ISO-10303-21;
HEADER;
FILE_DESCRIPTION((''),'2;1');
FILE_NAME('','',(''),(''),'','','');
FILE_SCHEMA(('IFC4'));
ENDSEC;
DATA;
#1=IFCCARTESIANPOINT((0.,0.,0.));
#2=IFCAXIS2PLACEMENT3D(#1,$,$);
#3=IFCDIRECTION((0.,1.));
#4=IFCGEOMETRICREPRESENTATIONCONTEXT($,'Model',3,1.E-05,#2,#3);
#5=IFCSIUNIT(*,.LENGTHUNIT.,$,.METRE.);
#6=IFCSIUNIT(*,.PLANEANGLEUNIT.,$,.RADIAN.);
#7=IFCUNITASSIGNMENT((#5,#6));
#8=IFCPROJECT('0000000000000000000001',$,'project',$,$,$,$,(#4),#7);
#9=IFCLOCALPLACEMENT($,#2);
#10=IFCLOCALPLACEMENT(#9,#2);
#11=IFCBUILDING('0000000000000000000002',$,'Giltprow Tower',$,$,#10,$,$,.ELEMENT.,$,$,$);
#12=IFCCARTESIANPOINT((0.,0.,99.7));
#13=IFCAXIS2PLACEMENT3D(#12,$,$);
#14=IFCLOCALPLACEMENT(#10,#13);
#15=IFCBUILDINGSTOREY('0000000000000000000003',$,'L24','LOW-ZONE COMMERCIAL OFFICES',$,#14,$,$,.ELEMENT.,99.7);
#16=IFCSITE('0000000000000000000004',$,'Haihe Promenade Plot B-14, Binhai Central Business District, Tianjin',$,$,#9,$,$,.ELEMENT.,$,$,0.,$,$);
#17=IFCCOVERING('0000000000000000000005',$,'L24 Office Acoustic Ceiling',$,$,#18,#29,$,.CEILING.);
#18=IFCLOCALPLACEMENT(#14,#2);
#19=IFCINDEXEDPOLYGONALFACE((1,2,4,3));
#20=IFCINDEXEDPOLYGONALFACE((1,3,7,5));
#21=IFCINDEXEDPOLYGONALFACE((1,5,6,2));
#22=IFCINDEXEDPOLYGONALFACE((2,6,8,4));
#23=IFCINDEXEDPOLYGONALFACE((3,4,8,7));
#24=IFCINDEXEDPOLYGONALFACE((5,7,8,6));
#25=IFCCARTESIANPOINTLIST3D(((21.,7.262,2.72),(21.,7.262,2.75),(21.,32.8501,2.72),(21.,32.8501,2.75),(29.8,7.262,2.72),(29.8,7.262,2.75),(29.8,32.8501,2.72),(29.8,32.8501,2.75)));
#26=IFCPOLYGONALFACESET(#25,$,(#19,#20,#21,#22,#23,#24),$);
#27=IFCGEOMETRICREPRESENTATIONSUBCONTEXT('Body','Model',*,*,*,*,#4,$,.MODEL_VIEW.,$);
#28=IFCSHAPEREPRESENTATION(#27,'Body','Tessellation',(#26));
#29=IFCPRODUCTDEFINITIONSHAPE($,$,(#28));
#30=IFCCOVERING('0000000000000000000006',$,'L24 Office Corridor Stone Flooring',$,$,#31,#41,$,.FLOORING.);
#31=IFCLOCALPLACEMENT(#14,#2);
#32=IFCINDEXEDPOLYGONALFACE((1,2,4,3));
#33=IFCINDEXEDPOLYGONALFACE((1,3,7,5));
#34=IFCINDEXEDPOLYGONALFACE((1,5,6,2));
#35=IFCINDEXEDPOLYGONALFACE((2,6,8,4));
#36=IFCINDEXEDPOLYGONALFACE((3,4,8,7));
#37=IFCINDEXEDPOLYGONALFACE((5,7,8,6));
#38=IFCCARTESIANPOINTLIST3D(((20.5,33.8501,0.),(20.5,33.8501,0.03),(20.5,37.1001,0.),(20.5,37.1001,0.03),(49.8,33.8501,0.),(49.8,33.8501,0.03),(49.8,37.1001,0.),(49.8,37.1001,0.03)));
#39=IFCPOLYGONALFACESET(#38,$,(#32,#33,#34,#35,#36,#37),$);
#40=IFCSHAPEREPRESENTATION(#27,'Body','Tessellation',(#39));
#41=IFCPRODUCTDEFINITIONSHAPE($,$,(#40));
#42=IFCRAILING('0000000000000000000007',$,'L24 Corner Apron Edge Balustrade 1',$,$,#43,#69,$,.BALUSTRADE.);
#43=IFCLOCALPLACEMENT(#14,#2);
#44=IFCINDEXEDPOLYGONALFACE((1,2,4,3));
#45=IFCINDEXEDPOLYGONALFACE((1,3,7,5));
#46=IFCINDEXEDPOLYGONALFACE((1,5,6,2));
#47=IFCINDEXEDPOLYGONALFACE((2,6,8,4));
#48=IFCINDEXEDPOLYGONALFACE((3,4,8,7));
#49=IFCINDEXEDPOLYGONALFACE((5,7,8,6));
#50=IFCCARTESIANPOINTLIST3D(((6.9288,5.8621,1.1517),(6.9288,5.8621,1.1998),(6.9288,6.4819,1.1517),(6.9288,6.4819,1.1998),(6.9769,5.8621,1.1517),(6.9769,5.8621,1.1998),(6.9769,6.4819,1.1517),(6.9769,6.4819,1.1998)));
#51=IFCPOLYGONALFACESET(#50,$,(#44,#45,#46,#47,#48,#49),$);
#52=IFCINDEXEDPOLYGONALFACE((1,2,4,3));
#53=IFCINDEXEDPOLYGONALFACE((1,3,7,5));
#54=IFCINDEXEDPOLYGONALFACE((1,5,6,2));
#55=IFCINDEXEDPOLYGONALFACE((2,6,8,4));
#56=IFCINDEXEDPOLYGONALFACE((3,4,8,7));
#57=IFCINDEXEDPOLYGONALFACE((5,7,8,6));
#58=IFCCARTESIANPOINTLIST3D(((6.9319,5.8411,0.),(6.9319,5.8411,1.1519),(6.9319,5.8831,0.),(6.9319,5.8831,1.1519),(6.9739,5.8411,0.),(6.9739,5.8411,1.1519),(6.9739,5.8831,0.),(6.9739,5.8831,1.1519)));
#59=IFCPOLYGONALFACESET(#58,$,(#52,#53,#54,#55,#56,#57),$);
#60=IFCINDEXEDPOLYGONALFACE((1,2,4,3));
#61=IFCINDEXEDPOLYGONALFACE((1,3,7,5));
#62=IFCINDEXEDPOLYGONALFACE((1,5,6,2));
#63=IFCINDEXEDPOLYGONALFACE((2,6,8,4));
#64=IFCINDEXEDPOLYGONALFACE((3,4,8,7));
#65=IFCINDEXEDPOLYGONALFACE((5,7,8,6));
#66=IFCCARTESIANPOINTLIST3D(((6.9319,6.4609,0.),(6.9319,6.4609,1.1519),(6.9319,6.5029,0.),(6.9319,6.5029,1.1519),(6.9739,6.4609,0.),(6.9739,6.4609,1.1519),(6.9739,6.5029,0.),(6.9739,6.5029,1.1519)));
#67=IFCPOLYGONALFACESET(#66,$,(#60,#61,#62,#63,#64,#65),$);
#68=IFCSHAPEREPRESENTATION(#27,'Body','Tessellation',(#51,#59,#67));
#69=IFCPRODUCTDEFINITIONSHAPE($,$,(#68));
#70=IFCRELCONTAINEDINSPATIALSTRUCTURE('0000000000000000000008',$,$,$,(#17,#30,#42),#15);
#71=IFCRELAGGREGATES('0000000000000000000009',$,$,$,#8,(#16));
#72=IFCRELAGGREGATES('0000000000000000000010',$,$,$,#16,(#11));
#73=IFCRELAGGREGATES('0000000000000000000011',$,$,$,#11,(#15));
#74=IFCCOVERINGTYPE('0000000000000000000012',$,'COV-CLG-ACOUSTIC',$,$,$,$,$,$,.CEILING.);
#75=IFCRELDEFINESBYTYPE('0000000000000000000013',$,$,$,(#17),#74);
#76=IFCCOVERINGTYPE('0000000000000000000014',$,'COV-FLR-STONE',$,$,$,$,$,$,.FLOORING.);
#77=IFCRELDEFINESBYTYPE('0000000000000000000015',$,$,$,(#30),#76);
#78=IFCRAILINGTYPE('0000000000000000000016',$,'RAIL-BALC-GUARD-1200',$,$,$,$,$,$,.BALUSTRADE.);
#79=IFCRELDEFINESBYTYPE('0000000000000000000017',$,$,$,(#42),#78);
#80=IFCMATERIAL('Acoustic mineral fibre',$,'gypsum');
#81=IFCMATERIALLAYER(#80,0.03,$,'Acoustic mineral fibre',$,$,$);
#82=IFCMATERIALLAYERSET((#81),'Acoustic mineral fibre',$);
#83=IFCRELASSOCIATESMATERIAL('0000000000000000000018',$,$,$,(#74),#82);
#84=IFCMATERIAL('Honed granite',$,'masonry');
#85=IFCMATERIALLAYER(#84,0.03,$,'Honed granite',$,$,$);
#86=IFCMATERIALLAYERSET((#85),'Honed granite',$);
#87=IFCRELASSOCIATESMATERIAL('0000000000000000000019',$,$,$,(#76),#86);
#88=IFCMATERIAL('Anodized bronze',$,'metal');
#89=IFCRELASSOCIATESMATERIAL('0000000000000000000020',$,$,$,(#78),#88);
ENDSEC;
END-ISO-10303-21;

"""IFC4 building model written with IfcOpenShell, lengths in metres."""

from ifc_helpers import new_model, si_unit, direction, frame, origin, origin_2d, place, context, subcontext, project, spatial, polyline, rectangle, outline, extrude, material, layer, layer_set, type_object, element, save


model = new_model("IFC4")

# Units and contexts
model_context = context("Model", 3, precision=1e-05, world=origin(), true_north=direction((0.0, 1.0)))
body_context = subcontext(model_context, "Body", "Model", "MODEL_VIEW")
ifc_project = project(units=[si_unit("LENGTHUNIT", "METRE"), si_unit("PLANEANGLEUNIT", "RADIAN")], contexts=[model_context])

# Site, building, storey
site_placement = place(None, origin())
site = spatial("IfcSite", under=ifc_project, at=site_placement, Name="Haihe Promenade Plot B-14, Binhai Central Business District, Tianjin", CompositionType="ELEMENT", RefElevation=0.0)
building_placement = place(site_placement, origin())
building = spatial("IfcBuilding", under=site, at=building_placement, Name="Giltprow Tower", CompositionType="ELEMENT")
storey_placement = place(building_placement, frame((0.0, 0.0, 99.7)))
storey = spatial("IfcBuildingStorey", under=building, at=storey_placement, Name="L24", Description="LOW-ZONE COMMERCIAL OFFICES", CompositionType="ELEMENT", Elevation=99.7)

# Shared definitions
ifc_material_1 = material(Name="Anodized bronze", Category="metal")

# Coverings
ifc_material_2 = material(Name="Acoustic mineral fibre", Category="gypsum")
ifc_layer_1 = layer(ifc_material_2, 0.03, Name="Acoustic mineral fibre")
ifc_layer_set_1 = layer_set([ifc_layer_1], Name="Acoustic mineral fibre")
covering_type_1 = type_object("IfcCoveringType", Name="COV-CLG-ACOUSTIC", PredefinedType="CEILING", material=ifc_layer_set_1)
covering_1_placement = place(storey_placement, frame((0.0, 0.0, 2.72)))
element("IfcCovering", 1, at=covering_1_placement, inside=storey, type_object=covering_type_1, Name="L24 Office Acoustic Ceiling", PredefinedType="CEILING", context=body_context, shape_type="SweptSolid", body=[
    extrude(outline(polyline([(21.0, 7.262), (29.8, 7.262), (29.8, 32.8501), (21.0, 32.8501), (21.0, 7.262)])), origin(), (0.0, 0.0, 1.0), 0.03),
])
ifc_material_3 = material(Name="Honed granite", Category="masonry")
ifc_layer_2 = layer(ifc_material_3, 0.03, Name="Honed granite")
ifc_layer_set_2 = layer_set([ifc_layer_2], Name="Honed granite")
covering_type_2 = type_object("IfcCoveringType", Name="COV-FLR-STONE", PredefinedType="FLOORING", material=ifc_layer_set_2)
covering_2_placement = place(storey_placement, origin())
element("IfcCovering", 2, at=covering_2_placement, inside=storey, type_object=covering_type_2, Name="L24 Office Corridor Stone Flooring", PredefinedType="FLOORING", context=body_context, shape_type="SweptSolid", body=[
    extrude(outline(polyline([(20.5, 33.8501), (49.8, 33.8501), (49.8, 37.1001), (20.5, 37.1001), (20.5, 33.8501)])), origin(), (0.0, 0.0, 1.0), 0.03),
])

# Railing
railing_type = type_object("IfcRailingType", Name="RAIL-BALC-GUARD-1200", PredefinedType="BALUSTRADE", material=ifc_material_1)
railing_placement = place(storey_placement, frame((6.9529, 5.8621, 0.0)))
element("IfcRailing", 3, at=railing_placement, inside=storey, type_object=railing_type, Name="L24 Corner Apron Edge Balustrade 1", PredefinedType="BALUSTRADE", context=body_context, shape_type="SweptSolid", body=[
    extrude(rectangle(XDim=0.0481, YDim=0.0481, at=origin_2d()), frame((0.0, 0.0, 1.1758), z_axis=(0.0, 1.0, 0.0), x_axis=(-1.0, 0.0, 0.0)), (0.0, 0.0, 1.0), 0.6199),
    extrude(rectangle(XDim=0.042, YDim=0.042, at=origin_2d()), origin(), (0.0, 0.0, 1.0), 1.1519),
    extrude(rectangle(XDim=0.042, YDim=0.042, at=origin_2d()), frame((0.0, 0.6199, 0.0)), (0.0, 0.0, 1.0), 1.1519),
])

save(model, "model.ifc")
